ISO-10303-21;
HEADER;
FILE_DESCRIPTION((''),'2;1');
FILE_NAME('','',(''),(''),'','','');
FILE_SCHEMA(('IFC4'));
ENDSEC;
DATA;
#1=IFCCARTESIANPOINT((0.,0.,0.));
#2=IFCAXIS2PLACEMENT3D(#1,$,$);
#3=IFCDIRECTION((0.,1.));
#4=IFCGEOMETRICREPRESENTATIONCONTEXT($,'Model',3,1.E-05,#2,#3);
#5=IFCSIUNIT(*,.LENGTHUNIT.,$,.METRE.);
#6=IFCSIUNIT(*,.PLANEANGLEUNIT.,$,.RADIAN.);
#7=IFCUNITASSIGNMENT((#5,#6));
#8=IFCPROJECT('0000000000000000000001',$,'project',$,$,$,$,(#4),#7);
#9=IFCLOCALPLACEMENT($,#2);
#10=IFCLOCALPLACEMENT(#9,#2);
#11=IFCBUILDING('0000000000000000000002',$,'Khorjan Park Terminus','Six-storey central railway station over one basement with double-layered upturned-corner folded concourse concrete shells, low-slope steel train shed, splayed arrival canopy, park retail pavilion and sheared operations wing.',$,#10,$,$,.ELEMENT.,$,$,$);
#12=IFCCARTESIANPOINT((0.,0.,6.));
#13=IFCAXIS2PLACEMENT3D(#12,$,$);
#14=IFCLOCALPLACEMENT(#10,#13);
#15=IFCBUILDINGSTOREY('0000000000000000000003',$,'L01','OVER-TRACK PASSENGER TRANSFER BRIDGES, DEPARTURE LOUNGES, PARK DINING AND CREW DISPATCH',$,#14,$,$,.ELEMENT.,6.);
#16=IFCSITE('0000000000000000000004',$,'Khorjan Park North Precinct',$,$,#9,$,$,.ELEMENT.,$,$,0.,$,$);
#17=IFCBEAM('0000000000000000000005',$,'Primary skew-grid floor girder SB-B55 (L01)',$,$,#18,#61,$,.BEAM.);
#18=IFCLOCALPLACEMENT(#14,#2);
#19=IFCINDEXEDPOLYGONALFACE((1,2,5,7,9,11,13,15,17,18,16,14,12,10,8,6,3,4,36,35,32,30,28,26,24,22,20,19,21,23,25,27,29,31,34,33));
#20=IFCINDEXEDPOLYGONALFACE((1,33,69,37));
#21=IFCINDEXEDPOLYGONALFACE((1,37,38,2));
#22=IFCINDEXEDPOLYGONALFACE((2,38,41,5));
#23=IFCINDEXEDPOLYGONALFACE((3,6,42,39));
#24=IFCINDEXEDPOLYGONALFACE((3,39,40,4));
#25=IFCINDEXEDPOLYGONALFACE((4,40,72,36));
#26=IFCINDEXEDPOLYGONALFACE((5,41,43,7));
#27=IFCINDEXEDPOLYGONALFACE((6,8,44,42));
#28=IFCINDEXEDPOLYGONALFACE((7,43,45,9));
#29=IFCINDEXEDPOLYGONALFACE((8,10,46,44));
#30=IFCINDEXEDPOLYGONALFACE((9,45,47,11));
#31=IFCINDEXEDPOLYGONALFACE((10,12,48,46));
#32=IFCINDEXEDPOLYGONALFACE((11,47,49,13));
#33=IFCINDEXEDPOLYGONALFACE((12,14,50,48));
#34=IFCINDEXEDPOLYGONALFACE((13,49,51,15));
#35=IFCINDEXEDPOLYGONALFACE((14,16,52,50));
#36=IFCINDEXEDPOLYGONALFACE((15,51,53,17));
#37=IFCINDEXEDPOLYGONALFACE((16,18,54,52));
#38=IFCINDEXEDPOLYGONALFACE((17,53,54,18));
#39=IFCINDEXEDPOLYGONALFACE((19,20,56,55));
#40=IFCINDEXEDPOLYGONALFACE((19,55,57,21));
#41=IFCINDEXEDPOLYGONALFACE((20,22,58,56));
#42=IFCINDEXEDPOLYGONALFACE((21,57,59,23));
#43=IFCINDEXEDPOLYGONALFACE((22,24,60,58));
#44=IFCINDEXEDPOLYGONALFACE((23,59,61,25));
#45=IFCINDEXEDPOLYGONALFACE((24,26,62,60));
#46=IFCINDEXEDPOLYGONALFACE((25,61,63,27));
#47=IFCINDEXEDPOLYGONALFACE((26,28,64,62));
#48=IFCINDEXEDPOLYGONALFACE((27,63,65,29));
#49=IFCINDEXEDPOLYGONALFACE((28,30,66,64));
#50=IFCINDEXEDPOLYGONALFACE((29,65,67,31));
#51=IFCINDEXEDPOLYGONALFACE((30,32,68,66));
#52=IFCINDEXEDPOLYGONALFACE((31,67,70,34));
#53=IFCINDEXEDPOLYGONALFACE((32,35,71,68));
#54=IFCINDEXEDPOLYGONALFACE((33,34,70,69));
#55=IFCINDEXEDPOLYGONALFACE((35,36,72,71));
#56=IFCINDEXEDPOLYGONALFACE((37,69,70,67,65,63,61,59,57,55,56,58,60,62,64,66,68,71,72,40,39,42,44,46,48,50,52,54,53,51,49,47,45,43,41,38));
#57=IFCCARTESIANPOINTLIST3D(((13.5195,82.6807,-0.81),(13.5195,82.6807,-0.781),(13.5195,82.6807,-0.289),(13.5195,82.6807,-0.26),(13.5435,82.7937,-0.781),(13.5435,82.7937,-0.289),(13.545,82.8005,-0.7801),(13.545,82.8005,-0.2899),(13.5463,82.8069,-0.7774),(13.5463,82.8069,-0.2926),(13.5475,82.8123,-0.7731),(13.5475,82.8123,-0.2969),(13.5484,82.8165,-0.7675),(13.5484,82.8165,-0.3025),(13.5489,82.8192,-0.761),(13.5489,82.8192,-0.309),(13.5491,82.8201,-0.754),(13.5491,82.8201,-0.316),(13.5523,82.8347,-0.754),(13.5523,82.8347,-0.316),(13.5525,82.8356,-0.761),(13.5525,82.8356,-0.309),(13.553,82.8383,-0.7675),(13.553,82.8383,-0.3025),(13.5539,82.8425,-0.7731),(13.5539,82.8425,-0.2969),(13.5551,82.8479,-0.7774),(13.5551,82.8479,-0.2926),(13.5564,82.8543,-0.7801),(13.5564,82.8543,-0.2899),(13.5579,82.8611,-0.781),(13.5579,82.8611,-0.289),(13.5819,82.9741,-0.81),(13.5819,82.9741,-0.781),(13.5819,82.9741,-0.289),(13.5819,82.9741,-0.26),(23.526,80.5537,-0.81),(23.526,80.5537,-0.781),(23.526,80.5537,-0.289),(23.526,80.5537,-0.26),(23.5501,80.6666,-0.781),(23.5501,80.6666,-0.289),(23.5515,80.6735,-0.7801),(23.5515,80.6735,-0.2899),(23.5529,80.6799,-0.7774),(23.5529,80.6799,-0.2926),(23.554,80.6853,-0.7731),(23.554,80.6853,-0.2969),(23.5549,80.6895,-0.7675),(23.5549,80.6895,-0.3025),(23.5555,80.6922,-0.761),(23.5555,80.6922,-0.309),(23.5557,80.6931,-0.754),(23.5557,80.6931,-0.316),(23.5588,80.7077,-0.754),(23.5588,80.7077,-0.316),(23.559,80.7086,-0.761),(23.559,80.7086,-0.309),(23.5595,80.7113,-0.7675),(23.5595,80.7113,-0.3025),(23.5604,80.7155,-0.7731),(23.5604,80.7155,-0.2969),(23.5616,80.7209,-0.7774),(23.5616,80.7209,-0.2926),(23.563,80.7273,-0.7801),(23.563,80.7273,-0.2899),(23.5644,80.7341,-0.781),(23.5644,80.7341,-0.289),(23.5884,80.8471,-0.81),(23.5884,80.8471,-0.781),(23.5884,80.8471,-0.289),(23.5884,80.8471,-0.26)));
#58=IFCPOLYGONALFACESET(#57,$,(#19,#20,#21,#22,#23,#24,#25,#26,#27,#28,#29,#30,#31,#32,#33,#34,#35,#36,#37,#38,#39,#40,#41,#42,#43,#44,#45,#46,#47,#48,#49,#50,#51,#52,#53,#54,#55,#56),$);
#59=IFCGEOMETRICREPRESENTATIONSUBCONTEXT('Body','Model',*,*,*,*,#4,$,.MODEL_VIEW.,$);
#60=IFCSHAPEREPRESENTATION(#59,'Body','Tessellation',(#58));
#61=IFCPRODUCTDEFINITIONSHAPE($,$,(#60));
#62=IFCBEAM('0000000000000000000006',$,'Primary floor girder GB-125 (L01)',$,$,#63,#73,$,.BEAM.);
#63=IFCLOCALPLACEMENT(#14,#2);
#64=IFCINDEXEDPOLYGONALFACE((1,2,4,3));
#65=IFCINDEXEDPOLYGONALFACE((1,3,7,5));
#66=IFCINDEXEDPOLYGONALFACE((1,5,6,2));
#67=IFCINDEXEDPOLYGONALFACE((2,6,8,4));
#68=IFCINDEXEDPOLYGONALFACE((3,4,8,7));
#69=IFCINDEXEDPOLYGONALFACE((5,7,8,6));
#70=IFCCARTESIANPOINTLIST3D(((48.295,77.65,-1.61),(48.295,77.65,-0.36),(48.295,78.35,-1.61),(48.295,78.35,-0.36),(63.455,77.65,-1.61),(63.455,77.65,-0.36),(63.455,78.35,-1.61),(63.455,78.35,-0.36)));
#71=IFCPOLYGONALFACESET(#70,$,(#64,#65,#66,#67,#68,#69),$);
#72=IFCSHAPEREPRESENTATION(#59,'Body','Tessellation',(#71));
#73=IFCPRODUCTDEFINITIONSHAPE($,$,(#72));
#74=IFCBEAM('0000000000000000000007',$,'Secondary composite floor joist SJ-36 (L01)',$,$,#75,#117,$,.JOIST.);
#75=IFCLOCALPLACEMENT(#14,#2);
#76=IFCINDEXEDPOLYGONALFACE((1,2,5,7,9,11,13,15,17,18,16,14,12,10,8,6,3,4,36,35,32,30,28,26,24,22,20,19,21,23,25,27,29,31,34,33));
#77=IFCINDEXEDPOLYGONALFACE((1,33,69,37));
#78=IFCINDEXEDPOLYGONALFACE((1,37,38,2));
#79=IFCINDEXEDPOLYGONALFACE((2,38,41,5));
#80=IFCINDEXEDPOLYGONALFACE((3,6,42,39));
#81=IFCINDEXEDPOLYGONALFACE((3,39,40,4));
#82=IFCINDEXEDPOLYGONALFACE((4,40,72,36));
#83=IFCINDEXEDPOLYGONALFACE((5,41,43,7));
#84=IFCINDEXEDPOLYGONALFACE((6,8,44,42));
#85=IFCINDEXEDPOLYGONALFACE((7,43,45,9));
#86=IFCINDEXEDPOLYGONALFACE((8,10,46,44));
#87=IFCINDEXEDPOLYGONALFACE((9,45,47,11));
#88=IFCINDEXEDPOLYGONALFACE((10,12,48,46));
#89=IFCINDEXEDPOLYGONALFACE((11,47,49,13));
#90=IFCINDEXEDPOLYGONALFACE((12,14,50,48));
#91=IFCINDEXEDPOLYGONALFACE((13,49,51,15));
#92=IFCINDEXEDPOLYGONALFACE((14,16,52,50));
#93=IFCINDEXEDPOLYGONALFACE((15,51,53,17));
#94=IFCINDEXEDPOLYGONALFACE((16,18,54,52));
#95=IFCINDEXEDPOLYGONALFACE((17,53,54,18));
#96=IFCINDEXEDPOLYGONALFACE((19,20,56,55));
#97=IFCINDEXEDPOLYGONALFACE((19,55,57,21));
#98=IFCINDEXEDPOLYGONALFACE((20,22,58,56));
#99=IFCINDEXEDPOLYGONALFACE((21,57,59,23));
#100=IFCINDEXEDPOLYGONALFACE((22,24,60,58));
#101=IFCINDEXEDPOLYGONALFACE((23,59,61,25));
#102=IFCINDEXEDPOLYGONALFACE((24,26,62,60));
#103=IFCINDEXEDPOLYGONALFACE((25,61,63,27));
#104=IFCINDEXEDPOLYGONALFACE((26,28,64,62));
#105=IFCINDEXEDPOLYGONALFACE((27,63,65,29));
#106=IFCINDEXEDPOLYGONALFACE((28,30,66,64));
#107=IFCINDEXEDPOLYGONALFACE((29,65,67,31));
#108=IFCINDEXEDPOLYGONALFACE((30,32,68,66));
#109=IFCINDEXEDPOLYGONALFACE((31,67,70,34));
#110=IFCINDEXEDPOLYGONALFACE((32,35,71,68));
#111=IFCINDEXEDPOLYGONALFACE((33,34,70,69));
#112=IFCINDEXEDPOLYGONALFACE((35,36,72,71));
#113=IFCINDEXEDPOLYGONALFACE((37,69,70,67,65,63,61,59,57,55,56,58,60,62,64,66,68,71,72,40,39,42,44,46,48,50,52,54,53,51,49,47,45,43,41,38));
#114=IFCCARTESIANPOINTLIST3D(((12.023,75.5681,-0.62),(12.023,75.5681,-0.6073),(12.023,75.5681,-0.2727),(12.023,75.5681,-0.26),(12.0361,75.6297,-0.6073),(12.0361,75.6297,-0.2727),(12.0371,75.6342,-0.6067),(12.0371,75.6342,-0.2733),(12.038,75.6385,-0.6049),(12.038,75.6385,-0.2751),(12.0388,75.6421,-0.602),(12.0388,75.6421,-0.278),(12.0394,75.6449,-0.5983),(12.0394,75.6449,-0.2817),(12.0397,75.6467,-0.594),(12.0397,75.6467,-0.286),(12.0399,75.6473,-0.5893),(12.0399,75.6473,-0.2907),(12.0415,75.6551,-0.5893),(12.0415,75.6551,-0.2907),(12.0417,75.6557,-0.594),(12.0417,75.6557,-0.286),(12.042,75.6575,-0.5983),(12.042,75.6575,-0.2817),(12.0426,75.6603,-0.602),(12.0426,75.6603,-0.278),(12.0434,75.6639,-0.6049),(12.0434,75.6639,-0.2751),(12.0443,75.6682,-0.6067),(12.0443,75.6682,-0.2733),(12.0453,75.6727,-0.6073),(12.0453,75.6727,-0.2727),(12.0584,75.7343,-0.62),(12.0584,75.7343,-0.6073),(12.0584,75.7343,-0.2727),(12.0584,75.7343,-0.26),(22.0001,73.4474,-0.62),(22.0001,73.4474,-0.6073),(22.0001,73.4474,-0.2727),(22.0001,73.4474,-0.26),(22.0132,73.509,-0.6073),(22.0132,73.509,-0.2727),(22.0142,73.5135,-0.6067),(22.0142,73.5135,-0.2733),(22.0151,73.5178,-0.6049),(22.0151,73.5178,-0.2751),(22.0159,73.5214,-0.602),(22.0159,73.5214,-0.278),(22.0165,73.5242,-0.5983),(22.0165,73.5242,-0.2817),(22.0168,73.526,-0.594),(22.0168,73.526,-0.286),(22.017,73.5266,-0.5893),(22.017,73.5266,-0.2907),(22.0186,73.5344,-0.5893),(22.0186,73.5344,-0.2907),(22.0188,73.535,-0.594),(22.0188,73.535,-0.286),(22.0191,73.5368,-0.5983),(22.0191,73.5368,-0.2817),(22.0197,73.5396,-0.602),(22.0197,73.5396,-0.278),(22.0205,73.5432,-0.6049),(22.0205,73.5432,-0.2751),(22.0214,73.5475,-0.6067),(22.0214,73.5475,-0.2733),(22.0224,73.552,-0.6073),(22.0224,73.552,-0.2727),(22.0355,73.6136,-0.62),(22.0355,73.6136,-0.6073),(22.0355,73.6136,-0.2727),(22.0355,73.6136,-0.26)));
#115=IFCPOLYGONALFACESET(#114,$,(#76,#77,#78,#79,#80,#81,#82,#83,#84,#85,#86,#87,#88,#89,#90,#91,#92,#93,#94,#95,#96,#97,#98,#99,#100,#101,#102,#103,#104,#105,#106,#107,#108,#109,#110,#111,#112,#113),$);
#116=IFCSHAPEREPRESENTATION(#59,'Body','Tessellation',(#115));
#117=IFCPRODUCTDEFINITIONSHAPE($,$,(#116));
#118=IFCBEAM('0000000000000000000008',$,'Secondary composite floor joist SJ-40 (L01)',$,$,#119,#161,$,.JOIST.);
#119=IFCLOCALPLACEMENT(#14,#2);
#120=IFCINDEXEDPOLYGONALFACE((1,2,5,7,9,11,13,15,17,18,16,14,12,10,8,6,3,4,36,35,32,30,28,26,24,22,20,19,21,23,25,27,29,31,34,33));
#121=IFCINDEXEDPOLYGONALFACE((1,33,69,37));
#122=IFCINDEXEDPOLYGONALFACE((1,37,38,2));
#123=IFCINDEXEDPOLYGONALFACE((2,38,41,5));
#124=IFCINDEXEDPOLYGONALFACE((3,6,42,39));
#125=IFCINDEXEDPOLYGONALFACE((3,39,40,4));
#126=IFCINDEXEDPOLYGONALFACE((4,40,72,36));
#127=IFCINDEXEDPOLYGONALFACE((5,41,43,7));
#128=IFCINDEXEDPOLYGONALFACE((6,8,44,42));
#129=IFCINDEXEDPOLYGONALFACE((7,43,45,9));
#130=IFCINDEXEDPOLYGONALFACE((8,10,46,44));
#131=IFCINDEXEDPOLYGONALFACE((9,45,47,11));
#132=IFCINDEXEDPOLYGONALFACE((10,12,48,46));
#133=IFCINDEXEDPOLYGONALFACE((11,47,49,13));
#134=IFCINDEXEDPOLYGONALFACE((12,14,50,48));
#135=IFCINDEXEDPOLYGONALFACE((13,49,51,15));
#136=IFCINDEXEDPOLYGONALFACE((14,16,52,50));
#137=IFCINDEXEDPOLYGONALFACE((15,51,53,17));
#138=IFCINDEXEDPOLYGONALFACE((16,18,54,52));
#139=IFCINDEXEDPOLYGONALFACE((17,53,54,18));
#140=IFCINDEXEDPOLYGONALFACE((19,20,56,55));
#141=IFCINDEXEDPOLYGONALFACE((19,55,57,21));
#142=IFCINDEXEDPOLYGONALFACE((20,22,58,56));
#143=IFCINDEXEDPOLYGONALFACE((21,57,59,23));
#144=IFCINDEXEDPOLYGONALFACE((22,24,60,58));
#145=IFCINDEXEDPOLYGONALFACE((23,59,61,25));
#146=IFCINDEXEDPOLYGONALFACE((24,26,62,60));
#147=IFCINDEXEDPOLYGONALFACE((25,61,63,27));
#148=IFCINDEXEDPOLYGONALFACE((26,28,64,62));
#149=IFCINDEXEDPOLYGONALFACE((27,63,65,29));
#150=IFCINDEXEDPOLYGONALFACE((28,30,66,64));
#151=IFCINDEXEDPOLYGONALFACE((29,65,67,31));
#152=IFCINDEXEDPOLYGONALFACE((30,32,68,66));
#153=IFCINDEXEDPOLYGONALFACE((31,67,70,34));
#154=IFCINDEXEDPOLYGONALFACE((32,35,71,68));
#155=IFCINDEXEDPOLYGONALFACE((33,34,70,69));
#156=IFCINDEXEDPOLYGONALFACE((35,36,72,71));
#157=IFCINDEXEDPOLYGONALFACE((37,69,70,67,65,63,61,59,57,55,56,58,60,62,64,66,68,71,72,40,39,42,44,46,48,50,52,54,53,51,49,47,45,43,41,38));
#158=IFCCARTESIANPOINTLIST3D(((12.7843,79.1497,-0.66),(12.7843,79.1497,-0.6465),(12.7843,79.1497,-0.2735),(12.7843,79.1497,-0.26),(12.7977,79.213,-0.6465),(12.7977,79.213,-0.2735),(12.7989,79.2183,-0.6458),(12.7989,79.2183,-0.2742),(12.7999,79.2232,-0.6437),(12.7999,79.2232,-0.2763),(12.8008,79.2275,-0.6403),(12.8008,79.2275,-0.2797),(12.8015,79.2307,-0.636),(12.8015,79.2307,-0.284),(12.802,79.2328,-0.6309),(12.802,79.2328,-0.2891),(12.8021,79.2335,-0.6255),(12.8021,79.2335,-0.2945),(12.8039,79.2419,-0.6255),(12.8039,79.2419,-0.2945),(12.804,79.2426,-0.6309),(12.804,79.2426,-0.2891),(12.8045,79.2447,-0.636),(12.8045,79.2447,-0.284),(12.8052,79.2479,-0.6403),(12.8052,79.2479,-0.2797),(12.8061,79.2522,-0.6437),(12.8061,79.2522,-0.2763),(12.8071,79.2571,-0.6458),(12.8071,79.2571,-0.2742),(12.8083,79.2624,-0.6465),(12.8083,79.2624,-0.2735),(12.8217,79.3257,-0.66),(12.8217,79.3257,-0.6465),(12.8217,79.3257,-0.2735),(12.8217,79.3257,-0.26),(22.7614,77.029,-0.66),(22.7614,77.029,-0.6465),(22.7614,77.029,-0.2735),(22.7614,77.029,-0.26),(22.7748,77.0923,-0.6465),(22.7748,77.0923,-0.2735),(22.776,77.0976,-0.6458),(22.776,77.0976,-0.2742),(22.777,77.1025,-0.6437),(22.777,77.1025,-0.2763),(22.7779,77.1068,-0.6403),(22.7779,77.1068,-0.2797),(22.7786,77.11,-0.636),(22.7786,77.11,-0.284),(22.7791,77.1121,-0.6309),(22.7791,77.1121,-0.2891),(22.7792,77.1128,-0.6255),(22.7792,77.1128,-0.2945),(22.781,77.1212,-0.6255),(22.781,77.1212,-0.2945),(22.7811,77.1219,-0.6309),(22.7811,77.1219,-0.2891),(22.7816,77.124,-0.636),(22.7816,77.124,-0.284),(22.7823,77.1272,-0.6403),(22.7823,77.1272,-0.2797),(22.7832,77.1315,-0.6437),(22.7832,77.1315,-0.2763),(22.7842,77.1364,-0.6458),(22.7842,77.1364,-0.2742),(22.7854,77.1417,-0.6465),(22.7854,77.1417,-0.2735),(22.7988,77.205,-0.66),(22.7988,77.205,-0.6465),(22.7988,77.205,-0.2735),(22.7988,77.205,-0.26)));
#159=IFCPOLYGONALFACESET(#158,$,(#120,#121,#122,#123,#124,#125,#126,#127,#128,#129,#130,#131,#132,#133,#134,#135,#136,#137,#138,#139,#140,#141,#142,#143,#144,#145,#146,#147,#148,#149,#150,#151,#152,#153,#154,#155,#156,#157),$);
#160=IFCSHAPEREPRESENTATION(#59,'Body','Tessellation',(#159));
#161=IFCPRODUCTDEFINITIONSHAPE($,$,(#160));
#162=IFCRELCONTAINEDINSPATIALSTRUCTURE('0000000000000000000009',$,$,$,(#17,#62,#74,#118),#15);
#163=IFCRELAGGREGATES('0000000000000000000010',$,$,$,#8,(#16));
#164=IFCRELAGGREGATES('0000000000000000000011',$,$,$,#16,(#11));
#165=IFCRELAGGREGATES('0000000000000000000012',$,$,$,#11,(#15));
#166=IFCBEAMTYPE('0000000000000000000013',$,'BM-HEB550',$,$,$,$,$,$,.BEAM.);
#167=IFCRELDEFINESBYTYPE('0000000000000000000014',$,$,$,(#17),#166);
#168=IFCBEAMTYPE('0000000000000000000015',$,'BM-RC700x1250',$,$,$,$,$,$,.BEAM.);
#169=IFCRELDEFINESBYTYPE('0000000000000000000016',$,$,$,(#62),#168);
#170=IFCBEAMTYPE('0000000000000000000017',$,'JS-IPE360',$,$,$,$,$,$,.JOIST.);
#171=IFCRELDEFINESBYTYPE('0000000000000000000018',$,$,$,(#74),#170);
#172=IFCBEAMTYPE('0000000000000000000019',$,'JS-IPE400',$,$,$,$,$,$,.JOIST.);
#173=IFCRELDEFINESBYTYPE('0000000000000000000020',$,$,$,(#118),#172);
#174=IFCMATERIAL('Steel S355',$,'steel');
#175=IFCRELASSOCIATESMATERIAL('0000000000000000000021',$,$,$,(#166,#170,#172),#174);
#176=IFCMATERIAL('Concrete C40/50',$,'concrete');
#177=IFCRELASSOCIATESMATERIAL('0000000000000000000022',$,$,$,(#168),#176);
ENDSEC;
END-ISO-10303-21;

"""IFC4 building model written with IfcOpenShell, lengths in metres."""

from ifc_helpers import new_model, si_unit, direction, frame, origin, origin_2d, place, context, subcontext, project, spatial, rectangle, i_section, extrude, material, material_profile, profile_set, type_object, element, save


model = new_model("IFC4")

# Units and contexts
model_context = context("Model", 3, precision=1e-05, world=origin(), true_north=direction((0.0, 1.0)))
body_context = subcontext(model_context, "Body", "Model", "MODEL_VIEW")
ifc_project = project(units=[si_unit("LENGTHUNIT", "METRE"), si_unit("PLANEANGLEUNIT", "RADIAN")], contexts=[model_context])

# Site, building, storey
site_placement = place(None, origin())
site = spatial("IfcSite", under=ifc_project, at=site_placement, Name="Khorjan Park North Precinct", CompositionType="ELEMENT", RefElevation=0.0)
building_placement = place(site_placement, origin())
building = spatial("IfcBuilding", under=site, at=building_placement, Name="Khorjan Park Terminus", Description="Six-storey central railway station over one basement with double-layered upturned-corner folded concourse concrete shells, low-slope steel train shed, splayed arrival canopy, park retail pavilion and sheared operations wing.", CompositionType="ELEMENT")
storey_placement = place(building_placement, frame((0.0, 0.0, 6.0)))
storey = spatial("IfcBuildingStorey", under=building, at=storey_placement, Name="L01", Description="OVER-TRACK PASSENGER TRANSFER BRIDGES, DEPARTURE LOUNGES, PARK DINING AND CREW DISPATCH", CompositionType="ELEMENT", Elevation=6.0)

# Shared definitions
ifc_material_1 = material(Name="Steel S355", Category="steel")

# Beams
ifc_material_profile_1 = material_profile(ifc_material_1, i_section(OverallWidth=0.3, OverallDepth=0.55, WebThickness=0.015, FlangeThickness=0.029, FilletRadius=0.027, at=origin_2d()), Name="HEB 550")
ifc_profile_set_1 = profile_set([ifc_material_profile_1], Name="Steel S355")
beam_type_1 = type_object("IfcBeamType", Name="BM-HEB550", PredefinedType="BEAM", material=ifc_profile_set_1)
beam_1_placement = place(storey_placement, frame((13.5507, 82.8274, -0.535), z_axis=(0.978147, -0.207917, 0.0), x_axis=(0.207917, 0.978147, 0.0)))
element("IfcBeam", 1, at=beam_1_placement, inside=storey, type_object=beam_type_1, Name="Primary skew-grid floor girder SB-B55 (L01)", PredefinedType="BEAM", context=body_context, shape_type="SweptSolid", body=[
    extrude(i_section(OverallWidth=0.3, OverallDepth=0.55, WebThickness=0.015, FlangeThickness=0.029, FilletRadius=0.027, at=origin_2d()), origin(), (0.0, 0.0, 1.0), 10.2301),
])
ifc_material_2 = material(Name="Concrete C40/50", Category="concrete")
ifc_material_profile_2 = material_profile(ifc_material_2, rectangle(XDim=0.7, YDim=1.25, at=origin_2d()), Name="RC 700x1250")
ifc_profile_set_2 = profile_set([ifc_material_profile_2], Name="Concrete C40/50")
beam_type_2 = type_object("IfcBeamType", Name="BM-RC700x1250", PredefinedType="BEAM", material=ifc_profile_set_2)
beam_2_placement = place(storey_placement, frame((48.295, 78.0, -0.985), z_axis=(1.0, 0.0, 0.0), x_axis=(0.0, 1.0, 0.0)))
element("IfcBeam", 2, at=beam_2_placement, inside=storey, type_object=beam_type_2, Name="Primary floor girder GB-125 (L01)", PredefinedType="BEAM", context=body_context, shape_type="SweptSolid", body=[
    extrude(rectangle(XDim=0.7, YDim=1.25, at=origin_2d()), origin(), (0.0, 0.0, 1.0), 15.16),
])
ifc_material_profile_3 = material_profile(ifc_material_1, i_section(OverallWidth=0.17, OverallDepth=0.36, WebThickness=0.008, FlangeThickness=0.0127, FilletRadius=0.018, at=origin_2d()), Name="IPE 360")
ifc_profile_set_3 = profile_set([ifc_material_profile_3], Name="Steel S355")
beam_type_3 = type_object("IfcBeamType", Name="JS-IPE360", PredefinedType="JOIST", material=ifc_profile_set_3)
beam_3_placement = place(storey_placement, frame((12.0407, 75.6512, -0.44), z_axis=(0.978148, -0.207912, 0.0), x_axis=(0.207912, 0.978148, 0.0)))
element("IfcBeam", 3, at=beam_3_placement, inside=storey, type_object=beam_type_3, Name="Secondary composite floor joist SJ-36 (L01)", PredefinedType="JOIST", context=body_context, shape_type="SweptSolid", body=[
    extrude(i_section(OverallWidth=0.17, OverallDepth=0.36, WebThickness=0.008, FlangeThickness=0.0127, FilletRadius=0.018, at=origin_2d()), origin(), (0.0, 0.0, 1.0), 10.2),
])
ifc_material_profile_4 = material_profile(ifc_material_1, i_section(OverallWidth=0.18, OverallDepth=0.4, WebThickness=0.0086, FlangeThickness=0.0135, FilletRadius=0.021, at=origin_2d()), Name="IPE 400")
ifc_profile_set_4 = profile_set([ifc_material_profile_4], Name="Steel S355")
beam_type_4 = type_object("IfcBeamType", Name="JS-IPE400", PredefinedType="JOIST", material=ifc_profile_set_4)
for number, where, z_axis, x_axis, name in (
    (4, (12.803, 79.2377, -0.46), (0.978148, -0.207912, 0.0), (0.207912, 0.978148, 0.0), "Secondary composite floor joist SJ-40 (L01)"),
):
    element("IfcBeam", number, at=place(storey_placement, frame(where, z_axis=z_axis, x_axis=x_axis)), inside=storey, type_object=beam_type_4, Name=name, PredefinedType="JOIST", context=body_context, shape_type="SweptSolid", body=[
        extrude(i_section(OverallWidth=0.18, OverallDepth=0.4, WebThickness=0.0086, FlangeThickness=0.0135, FilletRadius=0.021, at=origin_2d()), origin(), (0.0, 0.0, 1.0), 10.2),
    ])

save(model, "model.ifc")
